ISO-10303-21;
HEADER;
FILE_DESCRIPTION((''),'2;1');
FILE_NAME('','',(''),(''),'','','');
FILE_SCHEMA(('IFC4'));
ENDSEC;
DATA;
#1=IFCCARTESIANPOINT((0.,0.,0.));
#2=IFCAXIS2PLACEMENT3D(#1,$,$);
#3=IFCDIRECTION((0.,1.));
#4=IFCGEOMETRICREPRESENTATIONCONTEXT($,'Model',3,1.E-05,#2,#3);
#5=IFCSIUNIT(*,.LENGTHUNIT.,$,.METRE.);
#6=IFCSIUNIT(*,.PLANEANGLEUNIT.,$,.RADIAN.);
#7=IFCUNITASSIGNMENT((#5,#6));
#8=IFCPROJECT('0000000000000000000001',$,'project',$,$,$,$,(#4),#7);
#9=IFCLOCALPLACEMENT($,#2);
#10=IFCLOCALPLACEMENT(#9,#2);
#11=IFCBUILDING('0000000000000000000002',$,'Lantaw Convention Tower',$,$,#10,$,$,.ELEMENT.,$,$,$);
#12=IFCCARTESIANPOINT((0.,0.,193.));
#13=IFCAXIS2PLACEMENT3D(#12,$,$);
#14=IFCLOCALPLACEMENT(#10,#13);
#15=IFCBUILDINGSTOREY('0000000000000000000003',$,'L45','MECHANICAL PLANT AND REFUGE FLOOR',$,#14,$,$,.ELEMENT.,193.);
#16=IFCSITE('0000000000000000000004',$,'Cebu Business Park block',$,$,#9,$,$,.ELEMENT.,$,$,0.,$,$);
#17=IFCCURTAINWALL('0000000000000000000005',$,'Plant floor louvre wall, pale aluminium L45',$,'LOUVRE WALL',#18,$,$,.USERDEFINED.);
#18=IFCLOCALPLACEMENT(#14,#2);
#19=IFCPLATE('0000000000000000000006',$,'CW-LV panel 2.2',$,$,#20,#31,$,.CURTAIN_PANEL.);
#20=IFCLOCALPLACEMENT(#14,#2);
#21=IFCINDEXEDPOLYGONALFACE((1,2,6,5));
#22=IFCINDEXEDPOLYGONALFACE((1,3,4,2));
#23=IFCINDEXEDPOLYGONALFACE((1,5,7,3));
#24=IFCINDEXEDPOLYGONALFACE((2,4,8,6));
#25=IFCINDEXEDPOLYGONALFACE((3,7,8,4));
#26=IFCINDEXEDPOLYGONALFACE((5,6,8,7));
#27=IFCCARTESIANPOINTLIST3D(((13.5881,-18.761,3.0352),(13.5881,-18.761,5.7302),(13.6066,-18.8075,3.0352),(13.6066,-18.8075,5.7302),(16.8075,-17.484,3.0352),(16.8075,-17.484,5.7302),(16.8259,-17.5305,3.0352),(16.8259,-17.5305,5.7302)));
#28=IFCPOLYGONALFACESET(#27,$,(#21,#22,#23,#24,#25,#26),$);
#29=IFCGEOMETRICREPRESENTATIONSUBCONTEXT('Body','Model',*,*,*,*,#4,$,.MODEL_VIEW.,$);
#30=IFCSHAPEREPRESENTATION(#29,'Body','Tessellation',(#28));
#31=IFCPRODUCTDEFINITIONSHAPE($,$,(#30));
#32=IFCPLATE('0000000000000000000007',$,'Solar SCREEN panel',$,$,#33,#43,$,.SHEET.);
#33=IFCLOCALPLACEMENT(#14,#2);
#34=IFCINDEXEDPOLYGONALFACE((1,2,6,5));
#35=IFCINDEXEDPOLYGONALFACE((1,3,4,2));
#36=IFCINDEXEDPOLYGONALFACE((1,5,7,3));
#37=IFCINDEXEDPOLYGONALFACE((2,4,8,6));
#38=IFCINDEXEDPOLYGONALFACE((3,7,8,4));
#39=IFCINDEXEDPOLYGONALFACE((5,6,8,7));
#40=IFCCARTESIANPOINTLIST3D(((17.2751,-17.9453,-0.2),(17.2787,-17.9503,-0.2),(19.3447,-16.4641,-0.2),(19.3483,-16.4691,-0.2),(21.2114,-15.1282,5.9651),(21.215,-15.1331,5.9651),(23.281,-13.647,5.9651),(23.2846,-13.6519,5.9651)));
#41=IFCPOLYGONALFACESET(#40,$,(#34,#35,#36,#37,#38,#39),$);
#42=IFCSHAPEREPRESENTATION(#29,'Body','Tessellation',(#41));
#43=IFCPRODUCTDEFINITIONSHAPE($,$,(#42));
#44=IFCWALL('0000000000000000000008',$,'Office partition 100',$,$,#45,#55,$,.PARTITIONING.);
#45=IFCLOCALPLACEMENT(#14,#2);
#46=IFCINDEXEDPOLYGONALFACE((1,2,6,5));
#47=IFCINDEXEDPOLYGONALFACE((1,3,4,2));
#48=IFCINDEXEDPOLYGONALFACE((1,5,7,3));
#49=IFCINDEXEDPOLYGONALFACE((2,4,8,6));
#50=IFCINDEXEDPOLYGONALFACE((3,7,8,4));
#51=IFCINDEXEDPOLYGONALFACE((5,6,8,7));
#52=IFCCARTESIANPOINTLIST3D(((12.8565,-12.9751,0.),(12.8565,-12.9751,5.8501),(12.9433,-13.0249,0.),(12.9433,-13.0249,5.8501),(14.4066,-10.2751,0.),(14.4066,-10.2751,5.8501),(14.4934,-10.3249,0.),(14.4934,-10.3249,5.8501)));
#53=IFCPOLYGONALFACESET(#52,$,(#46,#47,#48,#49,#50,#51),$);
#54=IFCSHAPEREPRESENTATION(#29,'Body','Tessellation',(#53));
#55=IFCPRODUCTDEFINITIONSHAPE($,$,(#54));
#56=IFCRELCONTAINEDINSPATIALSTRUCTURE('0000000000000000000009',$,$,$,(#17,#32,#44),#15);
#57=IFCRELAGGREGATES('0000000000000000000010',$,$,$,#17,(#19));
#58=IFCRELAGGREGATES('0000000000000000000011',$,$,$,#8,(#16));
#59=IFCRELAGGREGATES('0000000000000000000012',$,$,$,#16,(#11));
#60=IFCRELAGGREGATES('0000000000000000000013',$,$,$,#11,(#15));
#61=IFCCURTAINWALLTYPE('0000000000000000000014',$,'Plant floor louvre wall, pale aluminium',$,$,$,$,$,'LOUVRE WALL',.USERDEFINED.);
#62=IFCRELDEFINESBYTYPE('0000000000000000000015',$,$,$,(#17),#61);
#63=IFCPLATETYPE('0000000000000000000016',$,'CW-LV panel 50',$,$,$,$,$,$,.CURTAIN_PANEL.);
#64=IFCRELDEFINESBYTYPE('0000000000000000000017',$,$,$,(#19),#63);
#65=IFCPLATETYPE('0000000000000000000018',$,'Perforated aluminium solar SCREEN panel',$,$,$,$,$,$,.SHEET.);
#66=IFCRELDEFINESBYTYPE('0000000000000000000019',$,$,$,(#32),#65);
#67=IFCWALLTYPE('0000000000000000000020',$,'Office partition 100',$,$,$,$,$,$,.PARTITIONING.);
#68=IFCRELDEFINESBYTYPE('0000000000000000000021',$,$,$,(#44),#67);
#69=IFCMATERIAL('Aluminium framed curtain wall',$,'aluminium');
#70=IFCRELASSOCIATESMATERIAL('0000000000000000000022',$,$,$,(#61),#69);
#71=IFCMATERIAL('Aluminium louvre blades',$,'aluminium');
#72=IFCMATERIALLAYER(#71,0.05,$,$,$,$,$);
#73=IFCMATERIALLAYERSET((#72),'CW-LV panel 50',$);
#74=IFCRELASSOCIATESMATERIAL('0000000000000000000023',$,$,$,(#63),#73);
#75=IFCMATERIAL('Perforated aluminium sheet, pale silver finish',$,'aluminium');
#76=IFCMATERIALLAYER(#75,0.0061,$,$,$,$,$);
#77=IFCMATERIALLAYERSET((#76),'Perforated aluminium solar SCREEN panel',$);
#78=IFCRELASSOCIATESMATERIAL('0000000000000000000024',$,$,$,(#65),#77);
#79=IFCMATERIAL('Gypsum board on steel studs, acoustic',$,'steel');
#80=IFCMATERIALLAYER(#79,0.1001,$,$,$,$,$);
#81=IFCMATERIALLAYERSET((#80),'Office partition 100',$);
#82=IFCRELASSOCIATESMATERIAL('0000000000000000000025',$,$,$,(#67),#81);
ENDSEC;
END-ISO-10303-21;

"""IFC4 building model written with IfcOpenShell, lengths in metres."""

from ifc_helpers import new_model, si_unit, direction, frame, frame_2d, origin, origin_2d, place, context, subcontext, project, spatial, polyline, rectangle, outline, extrude, material, layer, layer_set, type_object, element, aggregate, save


model = new_model("IFC4")

# Units and contexts
model_context = context("Model", 3, precision=1e-05, world=origin(), true_north=direction((0.0, 1.0)))
body_context = subcontext(model_context, "Body", "Model", "MODEL_VIEW")
ifc_project = project(units=[si_unit("LENGTHUNIT", "METRE"), si_unit("PLANEANGLEUNIT", "RADIAN")], contexts=[model_context])

# Site, building, storey
site_placement = place(None, origin())
site = spatial("IfcSite", under=ifc_project, at=site_placement, Name="Cebu Business Park block", CompositionType="ELEMENT", RefElevation=0.0)
building_placement = place(site_placement, origin())
building = spatial("IfcBuilding", under=site, at=building_placement, Name="Lantaw Convention Tower", CompositionType="ELEMENT")
storey_placement = place(building_placement, frame((0.0, 0.0, 193.0)))
storey = spatial("IfcBuildingStorey", under=building, at=storey_placement, Name="L45", Description="MECHANICAL PLANT AND REFUGE FLOOR", CompositionType="ELEMENT", Elevation=193.0)

# Curtain wall
ifc_material_1 = material(Name="Aluminium framed curtain wall", Category="aluminium")
curtain_wall_type = type_object("IfcCurtainWallType", Name="Plant floor louvre wall, pale aluminium", ElementType="LOUVRE WALL", PredefinedType="USERDEFINED", material=ifc_material_1)
curtain_wall_1_placement = place(storey_placement, origin())
curtain_wall_1 = element("IfcCurtainWall", 1, at=curtain_wall_1_placement, inside=storey, type_object=curtain_wall_type, Name="Plant floor louvre wall, pale aluminium L45", ObjectType="LOUVRE WALL", PredefinedType="USERDEFINED")

# Plates
ifc_material_2 = material(Name="Aluminium louvre blades", Category="aluminium")
ifc_layer_1 = layer(ifc_material_2, 0.05)
ifc_layer_set_1 = layer_set([ifc_layer_1], Name="CW-LV panel 50")
plate_type_1 = type_object("IfcPlateType", Name="CW-LV panel 50", PredefinedType="CURTAIN_PANEL", material=ifc_layer_set_1)
plate_1_placement = place(storey_placement, frame((15.207, -18.1458, 3.0352), z_axis=(0.0, 0.0, 1.0), x_axis=(0.929548, 0.368702, 0.0)))
plate_1 = element("IfcPlate", 2, at=plate_1_placement, type_object=plate_type_1, Name="CW-LV panel 2.2", PredefinedType="CURTAIN_PANEL", context=body_context, shape_type="SweptSolid", body=[
    extrude(rectangle(XDim=3.4634, YDim=0.05, at=origin_2d()), origin(), (0.0, 0.0, 1.0), 2.6951),
])
aggregate(curtain_wall_1, [plate_1])
ifc_material_3 = material(Name="Perforated aluminium sheet, pale silver finish", Category="aluminium")
ifc_layer_2 = layer(ifc_material_3, 0.0061)
ifc_layer_set_2 = layer_set([ifc_layer_2], Name="Perforated aluminium solar SCREEN panel")
plate_type_2 = type_object("IfcPlateType", Name="Perforated aluminium solar SCREEN panel", PredefinedType="SHEET", material=ifc_layer_set_2)
plate_2_placement = place(storey_placement, frame((17.2751, -17.9453, -0.2), z_axis=(-0.582, 0.813189, 0.000008), x_axis=(0.813189, 0.582, 0.0)))
element("IfcPlate", 3, at=plate_2_placement, inside=storey, type_object=plate_type_2, Name="Solar SCREEN panel", PredefinedType="SHEET", context=body_context, shape_type="SweptSolid", body=[
    extrude(outline(polyline([(0.0, 0.0), (2.545, 0.0), (7.3855, -6.165), (4.8405, -6.165), (0.0, 0.0)])), origin(), (0.0, 0.0, -1.0), 0.0061),
])

# Wall
ifc_material_4 = material(Name="Gypsum board on steel studs, acoustic", Category="steel")
ifc_layer_3 = layer(ifc_material_4, 0.1001)
ifc_layer_set_3 = layer_set([ifc_layer_3], Name="Office partition 100")
wall_type = type_object("IfcWallType", Name="Office partition 100", PredefinedType="PARTITIONING", material=ifc_layer_set_3)
wall_placement = place(storey_placement, frame((12.8999, -13.0, 0.0), z_axis=(0.0, 0.0, 1.0), x_axis=(0.497886, 0.867242, 0.0)))
element("IfcWall", 4, at=wall_placement, inside=storey, type_object=wall_type, Name="Office partition 100", PredefinedType="PARTITIONING", context=body_context, shape_type="SweptSolid", body=[
    extrude(rectangle(XDim=3.1133, YDim=0.1001, at=frame_2d((1.5566, 0.0))), origin(), (0.0, 0.0, 1.0), 5.8501),
])

save(model, "model.ifc")
